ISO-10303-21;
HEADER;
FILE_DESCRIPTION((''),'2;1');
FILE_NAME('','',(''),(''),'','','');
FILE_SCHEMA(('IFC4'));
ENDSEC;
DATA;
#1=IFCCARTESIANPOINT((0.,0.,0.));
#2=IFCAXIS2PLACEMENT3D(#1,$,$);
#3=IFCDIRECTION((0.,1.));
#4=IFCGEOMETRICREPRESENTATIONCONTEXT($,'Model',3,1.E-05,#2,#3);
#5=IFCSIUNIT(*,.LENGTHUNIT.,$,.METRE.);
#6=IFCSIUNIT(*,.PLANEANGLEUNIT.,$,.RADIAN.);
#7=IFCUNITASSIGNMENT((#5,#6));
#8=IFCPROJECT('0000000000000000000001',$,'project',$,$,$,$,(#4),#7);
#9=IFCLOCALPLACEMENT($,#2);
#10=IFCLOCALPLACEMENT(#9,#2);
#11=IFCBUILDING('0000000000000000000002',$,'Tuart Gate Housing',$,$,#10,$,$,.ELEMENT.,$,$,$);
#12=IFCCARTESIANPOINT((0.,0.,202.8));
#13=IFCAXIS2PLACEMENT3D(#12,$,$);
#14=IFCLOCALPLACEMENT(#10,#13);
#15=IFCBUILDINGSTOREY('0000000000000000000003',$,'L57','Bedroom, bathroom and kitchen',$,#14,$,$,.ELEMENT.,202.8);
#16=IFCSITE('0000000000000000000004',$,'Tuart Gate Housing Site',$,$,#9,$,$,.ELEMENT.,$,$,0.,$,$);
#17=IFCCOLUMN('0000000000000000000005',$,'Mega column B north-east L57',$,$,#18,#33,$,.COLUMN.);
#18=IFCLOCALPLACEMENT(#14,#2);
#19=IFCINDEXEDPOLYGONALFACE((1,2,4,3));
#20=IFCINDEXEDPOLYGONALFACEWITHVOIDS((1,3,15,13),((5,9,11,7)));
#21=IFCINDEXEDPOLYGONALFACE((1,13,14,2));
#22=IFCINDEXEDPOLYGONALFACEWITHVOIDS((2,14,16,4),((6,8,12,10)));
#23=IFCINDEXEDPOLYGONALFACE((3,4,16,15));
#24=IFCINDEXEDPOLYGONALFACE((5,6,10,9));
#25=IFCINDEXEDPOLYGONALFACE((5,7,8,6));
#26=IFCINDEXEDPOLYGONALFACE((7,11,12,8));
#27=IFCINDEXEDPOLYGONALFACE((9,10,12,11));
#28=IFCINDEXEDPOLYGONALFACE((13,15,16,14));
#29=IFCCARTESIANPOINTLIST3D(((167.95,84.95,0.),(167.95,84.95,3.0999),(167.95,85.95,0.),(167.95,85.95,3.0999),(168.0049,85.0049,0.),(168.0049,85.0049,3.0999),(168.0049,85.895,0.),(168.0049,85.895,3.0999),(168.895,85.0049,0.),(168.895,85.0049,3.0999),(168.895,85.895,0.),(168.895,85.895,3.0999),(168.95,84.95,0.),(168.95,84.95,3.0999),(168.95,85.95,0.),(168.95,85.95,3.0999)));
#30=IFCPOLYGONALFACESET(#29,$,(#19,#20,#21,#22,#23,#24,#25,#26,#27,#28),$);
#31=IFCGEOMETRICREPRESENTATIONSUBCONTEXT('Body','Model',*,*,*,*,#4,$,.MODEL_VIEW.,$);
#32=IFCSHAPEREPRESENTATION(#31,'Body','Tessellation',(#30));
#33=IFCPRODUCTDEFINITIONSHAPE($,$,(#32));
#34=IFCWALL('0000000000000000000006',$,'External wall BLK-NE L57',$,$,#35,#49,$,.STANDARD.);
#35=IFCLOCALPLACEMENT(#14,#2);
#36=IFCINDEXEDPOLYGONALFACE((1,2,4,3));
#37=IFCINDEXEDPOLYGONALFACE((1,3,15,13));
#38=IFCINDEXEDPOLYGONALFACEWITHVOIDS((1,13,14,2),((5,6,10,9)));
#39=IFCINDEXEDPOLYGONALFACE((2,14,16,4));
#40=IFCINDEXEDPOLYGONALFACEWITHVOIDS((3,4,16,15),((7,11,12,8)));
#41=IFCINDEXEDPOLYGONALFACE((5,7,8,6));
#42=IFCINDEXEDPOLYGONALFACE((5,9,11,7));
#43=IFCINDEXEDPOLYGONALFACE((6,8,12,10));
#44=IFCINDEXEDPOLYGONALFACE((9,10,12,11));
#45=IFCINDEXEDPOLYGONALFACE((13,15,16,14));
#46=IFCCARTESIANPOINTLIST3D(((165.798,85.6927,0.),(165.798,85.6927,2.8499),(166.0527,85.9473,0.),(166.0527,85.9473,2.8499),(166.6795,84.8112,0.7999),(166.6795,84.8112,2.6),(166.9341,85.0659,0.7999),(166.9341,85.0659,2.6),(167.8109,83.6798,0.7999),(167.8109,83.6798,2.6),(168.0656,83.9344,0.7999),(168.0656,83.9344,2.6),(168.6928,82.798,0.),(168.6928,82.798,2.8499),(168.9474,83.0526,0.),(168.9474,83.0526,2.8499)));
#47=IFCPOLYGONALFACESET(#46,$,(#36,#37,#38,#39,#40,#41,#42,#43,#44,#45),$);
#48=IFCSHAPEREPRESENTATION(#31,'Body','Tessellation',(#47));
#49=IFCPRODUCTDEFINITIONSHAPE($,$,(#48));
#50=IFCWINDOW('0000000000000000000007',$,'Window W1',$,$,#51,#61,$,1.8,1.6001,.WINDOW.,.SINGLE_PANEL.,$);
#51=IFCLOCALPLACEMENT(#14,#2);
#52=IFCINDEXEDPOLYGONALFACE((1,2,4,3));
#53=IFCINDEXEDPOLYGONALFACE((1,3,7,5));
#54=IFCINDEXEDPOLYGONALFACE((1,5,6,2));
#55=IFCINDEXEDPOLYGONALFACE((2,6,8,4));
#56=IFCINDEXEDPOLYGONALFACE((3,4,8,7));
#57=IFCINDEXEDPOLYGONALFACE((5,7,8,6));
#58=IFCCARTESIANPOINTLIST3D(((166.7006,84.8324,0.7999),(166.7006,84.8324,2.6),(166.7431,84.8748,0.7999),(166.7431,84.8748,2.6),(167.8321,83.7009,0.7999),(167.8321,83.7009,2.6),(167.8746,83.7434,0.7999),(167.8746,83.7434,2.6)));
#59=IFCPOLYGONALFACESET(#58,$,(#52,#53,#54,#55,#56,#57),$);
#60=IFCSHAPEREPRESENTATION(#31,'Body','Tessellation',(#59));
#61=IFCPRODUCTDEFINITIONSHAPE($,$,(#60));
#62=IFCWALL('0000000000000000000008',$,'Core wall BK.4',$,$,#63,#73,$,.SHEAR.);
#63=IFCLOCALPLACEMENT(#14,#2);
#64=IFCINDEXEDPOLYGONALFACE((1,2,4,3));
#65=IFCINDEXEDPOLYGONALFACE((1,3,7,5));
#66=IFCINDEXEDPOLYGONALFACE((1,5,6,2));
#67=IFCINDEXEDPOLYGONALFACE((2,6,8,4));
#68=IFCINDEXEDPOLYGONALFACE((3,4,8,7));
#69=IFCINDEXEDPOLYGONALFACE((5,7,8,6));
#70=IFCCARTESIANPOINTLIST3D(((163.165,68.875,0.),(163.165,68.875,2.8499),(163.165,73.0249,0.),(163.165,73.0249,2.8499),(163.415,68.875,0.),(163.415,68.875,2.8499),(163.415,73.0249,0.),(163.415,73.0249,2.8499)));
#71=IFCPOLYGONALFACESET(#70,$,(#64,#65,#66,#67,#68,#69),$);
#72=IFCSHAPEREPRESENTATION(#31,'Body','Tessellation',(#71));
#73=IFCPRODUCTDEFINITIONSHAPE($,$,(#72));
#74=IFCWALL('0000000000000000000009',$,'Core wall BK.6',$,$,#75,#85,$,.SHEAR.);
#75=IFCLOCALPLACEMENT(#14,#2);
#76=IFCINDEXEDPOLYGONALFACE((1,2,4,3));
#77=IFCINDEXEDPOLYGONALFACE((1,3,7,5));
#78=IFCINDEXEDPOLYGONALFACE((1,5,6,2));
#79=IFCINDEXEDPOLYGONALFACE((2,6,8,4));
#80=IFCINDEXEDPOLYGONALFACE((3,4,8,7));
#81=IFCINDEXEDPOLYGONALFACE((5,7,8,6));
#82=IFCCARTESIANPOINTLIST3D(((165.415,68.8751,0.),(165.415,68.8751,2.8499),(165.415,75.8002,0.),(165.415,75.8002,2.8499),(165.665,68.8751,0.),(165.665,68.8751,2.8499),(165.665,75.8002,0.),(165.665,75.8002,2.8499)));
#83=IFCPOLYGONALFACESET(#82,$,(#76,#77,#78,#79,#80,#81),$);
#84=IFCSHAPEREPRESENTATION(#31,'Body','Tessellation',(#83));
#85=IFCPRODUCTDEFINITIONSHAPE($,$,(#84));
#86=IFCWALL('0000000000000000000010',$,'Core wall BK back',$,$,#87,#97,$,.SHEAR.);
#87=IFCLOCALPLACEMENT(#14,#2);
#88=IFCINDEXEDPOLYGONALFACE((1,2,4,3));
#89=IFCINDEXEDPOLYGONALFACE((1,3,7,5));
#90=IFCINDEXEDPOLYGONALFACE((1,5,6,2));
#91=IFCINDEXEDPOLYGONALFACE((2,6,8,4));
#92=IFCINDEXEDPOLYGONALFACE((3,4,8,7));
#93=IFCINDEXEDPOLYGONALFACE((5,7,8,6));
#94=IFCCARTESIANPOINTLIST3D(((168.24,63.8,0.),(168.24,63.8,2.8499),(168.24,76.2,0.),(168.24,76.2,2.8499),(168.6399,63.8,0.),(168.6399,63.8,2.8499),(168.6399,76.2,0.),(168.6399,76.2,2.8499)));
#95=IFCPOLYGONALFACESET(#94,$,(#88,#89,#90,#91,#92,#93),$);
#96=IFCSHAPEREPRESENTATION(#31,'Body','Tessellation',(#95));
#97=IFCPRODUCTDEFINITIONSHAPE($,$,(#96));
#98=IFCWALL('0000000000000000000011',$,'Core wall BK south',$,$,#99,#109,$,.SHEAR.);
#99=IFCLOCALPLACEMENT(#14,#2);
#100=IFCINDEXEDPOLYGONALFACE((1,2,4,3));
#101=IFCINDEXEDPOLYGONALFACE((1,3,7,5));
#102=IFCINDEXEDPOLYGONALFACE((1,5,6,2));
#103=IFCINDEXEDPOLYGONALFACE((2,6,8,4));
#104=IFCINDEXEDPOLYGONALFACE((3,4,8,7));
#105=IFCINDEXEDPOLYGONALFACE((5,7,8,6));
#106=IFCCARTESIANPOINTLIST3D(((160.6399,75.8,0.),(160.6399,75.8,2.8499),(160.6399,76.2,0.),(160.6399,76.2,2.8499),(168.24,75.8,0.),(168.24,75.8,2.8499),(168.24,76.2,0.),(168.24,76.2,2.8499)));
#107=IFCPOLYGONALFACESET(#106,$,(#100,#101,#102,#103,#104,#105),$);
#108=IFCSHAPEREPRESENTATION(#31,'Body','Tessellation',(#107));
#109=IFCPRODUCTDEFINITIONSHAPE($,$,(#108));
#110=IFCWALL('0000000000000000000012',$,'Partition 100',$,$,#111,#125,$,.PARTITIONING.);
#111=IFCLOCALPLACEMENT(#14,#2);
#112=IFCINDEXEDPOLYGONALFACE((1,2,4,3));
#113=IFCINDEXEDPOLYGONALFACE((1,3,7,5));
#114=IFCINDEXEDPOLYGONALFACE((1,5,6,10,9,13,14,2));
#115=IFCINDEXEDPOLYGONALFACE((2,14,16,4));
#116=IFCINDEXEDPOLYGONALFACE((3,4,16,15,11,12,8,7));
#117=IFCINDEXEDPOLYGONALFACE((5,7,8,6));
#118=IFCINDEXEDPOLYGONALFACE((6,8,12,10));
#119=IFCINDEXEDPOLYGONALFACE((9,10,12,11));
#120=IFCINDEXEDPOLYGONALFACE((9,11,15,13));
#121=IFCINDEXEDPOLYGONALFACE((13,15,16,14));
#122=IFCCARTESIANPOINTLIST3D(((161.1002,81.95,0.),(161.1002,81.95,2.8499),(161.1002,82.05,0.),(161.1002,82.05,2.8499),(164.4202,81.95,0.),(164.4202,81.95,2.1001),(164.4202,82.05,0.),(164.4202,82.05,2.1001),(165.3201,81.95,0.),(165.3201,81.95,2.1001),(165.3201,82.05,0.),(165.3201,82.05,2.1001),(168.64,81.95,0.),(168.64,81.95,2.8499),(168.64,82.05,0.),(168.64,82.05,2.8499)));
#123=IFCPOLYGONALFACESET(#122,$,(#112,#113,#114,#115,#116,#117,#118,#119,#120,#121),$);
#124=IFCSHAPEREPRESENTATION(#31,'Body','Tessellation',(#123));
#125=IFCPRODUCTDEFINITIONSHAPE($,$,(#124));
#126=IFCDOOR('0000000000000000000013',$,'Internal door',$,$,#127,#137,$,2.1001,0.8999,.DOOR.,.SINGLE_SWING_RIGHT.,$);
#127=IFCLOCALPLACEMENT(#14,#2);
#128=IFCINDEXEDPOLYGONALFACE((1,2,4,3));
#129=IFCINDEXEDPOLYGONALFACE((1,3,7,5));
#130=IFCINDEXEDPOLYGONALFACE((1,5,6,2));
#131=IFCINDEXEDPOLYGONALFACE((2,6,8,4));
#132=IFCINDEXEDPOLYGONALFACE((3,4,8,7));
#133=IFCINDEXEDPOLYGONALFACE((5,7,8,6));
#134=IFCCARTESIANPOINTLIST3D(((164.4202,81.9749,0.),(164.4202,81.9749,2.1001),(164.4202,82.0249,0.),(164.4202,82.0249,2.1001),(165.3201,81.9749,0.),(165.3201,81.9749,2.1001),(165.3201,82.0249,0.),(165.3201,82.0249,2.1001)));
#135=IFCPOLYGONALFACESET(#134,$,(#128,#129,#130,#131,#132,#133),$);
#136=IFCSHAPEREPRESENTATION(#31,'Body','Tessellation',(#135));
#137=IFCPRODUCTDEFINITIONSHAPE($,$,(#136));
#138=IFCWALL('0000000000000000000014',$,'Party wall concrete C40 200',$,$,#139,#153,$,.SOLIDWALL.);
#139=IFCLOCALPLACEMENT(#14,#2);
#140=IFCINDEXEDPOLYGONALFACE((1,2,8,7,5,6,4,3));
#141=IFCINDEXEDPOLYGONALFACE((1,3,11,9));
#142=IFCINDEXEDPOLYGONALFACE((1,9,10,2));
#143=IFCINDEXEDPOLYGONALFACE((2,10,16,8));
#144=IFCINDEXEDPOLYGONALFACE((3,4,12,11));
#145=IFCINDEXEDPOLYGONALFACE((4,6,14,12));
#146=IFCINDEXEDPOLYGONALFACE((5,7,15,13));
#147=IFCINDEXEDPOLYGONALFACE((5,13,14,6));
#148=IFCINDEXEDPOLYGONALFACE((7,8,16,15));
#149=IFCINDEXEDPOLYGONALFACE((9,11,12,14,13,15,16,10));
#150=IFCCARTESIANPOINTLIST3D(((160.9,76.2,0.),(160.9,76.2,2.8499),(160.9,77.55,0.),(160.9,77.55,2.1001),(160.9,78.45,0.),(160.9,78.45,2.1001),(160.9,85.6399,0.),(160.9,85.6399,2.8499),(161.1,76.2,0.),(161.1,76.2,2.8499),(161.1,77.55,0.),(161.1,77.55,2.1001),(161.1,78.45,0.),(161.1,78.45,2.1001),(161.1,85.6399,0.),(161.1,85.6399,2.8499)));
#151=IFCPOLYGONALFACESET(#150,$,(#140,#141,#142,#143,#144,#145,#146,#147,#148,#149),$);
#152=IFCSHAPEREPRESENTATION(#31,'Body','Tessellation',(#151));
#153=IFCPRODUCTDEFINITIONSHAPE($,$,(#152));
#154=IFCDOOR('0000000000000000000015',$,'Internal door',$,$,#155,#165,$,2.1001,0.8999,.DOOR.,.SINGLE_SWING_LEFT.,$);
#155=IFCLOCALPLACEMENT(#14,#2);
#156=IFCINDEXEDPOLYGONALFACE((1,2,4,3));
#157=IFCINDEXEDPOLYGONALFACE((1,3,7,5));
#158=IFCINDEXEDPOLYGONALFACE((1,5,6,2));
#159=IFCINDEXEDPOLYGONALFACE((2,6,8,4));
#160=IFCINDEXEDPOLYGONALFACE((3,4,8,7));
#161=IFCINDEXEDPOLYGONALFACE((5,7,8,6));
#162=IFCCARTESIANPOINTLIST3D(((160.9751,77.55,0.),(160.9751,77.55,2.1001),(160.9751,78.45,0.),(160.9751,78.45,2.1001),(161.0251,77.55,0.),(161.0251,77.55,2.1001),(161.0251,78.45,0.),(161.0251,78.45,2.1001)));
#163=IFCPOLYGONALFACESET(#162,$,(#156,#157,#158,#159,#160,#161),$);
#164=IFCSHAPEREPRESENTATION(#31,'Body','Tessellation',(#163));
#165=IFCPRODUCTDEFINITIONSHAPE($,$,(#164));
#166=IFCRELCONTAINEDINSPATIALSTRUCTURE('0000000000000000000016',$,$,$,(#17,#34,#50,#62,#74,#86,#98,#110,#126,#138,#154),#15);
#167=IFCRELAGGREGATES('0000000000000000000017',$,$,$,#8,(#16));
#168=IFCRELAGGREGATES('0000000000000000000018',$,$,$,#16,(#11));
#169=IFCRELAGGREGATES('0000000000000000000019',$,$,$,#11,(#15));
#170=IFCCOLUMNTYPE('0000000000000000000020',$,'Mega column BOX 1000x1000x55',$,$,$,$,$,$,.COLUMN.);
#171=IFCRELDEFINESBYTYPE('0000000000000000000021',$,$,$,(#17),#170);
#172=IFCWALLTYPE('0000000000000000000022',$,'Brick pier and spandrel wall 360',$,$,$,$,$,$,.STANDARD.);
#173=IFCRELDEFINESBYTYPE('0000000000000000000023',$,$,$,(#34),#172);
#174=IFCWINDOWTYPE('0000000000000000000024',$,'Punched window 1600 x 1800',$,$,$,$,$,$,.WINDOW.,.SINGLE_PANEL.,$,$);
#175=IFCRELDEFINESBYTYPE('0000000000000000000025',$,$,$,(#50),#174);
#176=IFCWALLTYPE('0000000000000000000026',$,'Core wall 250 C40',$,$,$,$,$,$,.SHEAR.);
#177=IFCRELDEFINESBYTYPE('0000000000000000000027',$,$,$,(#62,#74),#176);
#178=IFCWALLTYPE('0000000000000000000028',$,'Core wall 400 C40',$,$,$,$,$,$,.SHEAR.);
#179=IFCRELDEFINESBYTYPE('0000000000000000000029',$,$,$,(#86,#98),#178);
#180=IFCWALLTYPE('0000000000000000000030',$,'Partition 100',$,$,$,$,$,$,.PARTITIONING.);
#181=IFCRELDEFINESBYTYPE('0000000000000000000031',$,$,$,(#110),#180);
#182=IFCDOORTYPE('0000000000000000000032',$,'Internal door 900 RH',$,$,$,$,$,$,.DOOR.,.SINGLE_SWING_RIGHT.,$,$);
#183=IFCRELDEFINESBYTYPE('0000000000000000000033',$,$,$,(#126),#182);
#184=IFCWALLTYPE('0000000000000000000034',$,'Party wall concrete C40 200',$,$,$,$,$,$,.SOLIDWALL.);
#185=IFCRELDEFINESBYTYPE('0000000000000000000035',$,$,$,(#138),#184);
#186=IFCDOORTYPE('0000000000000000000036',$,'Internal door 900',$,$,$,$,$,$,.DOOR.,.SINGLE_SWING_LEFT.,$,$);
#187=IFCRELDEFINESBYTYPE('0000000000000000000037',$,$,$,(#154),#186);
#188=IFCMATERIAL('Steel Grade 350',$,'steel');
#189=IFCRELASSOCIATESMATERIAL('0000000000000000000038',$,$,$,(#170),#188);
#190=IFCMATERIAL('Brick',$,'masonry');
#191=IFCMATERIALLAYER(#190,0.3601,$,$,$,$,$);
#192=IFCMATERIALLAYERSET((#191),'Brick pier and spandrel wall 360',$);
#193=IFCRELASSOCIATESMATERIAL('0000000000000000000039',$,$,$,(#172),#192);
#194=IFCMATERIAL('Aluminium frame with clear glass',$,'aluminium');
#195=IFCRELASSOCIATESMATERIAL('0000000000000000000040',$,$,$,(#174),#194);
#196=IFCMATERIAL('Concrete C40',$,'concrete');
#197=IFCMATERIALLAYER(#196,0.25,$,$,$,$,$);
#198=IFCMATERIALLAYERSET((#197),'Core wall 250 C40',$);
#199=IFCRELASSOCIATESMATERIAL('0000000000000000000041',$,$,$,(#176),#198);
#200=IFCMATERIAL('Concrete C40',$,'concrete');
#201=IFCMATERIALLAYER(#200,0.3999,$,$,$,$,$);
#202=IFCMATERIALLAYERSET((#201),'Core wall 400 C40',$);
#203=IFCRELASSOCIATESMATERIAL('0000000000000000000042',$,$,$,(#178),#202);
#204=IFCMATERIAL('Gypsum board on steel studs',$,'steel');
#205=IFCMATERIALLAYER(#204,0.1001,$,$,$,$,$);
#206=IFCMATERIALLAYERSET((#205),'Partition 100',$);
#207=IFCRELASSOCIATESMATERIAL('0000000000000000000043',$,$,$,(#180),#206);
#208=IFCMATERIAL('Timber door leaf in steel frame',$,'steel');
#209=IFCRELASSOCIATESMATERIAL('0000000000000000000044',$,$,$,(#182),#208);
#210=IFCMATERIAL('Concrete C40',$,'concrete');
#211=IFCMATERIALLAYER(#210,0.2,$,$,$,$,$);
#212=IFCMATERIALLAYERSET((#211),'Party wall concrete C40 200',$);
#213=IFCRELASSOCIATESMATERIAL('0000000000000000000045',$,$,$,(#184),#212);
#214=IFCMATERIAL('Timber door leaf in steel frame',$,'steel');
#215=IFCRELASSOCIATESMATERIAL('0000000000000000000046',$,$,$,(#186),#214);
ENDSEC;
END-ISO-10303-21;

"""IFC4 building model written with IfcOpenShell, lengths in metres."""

from ifc_helpers import new_model, si_unit, direction, frame, frame_2d, origin, origin_2d, place, context, subcontext, project, spatial, rectangle, hollow_rectangle, extrude, material, layer, layer_set, material_profile, profile_set, type_object, element, fill, save


model = new_model("IFC4")

# Units and contexts
model_context = context("Model", 3, precision=1e-05, world=origin(), true_north=direction((0.0, 1.0)))
body_context = subcontext(model_context, "Body", "Model", "MODEL_VIEW")
ifc_project = project(units=[si_unit("LENGTHUNIT", "METRE"), si_unit("PLANEANGLEUNIT", "RADIAN")], contexts=[model_context])

# Site, building, storey
site_placement = place(None, origin())
site = spatial("IfcSite", under=ifc_project, at=site_placement, Name="Tuart Gate Housing Site", CompositionType="ELEMENT", RefElevation=0.0)
building_placement = place(site_placement, origin())
building = spatial("IfcBuilding", under=site, at=building_placement, Name="Tuart Gate Housing", CompositionType="ELEMENT")
storey_placement = place(building_placement, frame((0.0, 0.0, 202.8)))
storey = spatial("IfcBuildingStorey", under=building, at=storey_placement, Name="L57", Description="Bedroom, bathroom and kitchen", CompositionType="ELEMENT", Elevation=202.8)

# Column
ifc_material_1 = material(Name="Steel Grade 350", Category="steel")
ifc_material_profile = material_profile(ifc_material_1, hollow_rectangle(XDim=1.0, YDim=1.0, WallThickness=0.0549, at=origin_2d()), Name="BOX 1000x1000x55")
ifc_profile_set = profile_set([ifc_material_profile], Name="Steel Grade 350")
column_type = type_object("IfcColumnType", Name="Mega column BOX 1000x1000x55", PredefinedType="COLUMN", material=ifc_profile_set)
column_placement = place(storey_placement, frame((168.45, 85.45, 0.0), z_axis=(0.0, 0.0, 1.0), x_axis=(1.0, 0.0, 0.0)))
element("IfcColumn", 1, at=column_placement, inside=storey, type_object=column_type, Name="Mega column B north-east L57", PredefinedType="COLUMN", context=body_context, shape_type="SweptSolid", body=[
    extrude(hollow_rectangle(XDim=1.0, YDim=1.0, WallThickness=0.0549, at=origin_2d()), origin(), (0.0, 0.0, 1.0), 3.0999),
])

# Wall, opening, window
ifc_material_2 = material(Name="Brick", Category="masonry")
ifc_layer_1 = layer(ifc_material_2, 0.3601)
ifc_layer_set_1 = layer_set([ifc_layer_1], Name="Brick pier and spandrel wall 360")
wall_type_1 = type_object("IfcWallType", Name="Brick pier and spandrel wall 360", PredefinedType="STANDARD", material=ifc_layer_set_1)
wall_1_placement = place(storey_placement, frame((168.8201, 82.9253, 0.0), z_axis=(0.0, 0.0, 1.0), x_axis=(-0.707107, 0.707107, 0.0)))
wall_1 = element("IfcWall", 2, at=wall_1_placement, inside=storey, type_object=wall_type_1, Name="External wall BLK-NE L57", PredefinedType="STANDARD", context=body_context, shape_type="SweptSolid", body=[
    extrude(rectangle(XDim=4.0938, YDim=0.3601, at=frame_2d((2.0469, 0.0))), origin(), (0.0, 0.0, 1.0), 2.8499),
])
opening_1_placement = place(wall_1_placement, frame((1.2471, 0.0, 0.8)))
opening_1 = element("IfcOpeningElement", 3, at=opening_1_placement, cuts=wall_1, PredefinedType="OPENING", context=body_context, shape_type="SweptSolid", body=[
    extrude(rectangle(XDim=1.6001, YDim=1.8, at=frame_2d((0.8, 0.8999))), frame((0.0, 0.1899, 0.0), z_axis=(0.0, -1.0, 0.0), x_axis=(1.0, 0.0, 0.0)), (0.0, 0.0, 1.0), 0.3801),
])
ifc_material_3 = material(Name="Aluminium frame with clear glass", Category="aluminium")
window_type = type_object("IfcWindowType", Name="Punched window 1600 x 1800", PartitioningType="SINGLE_PANEL", PredefinedType="WINDOW", material=ifc_material_3)
window_1_placement = place(opening_1_placement, origin())
window_1 = element("IfcWindow", 4, at=window_1_placement, inside=storey, type_object=window_type, Name="Window W1", OverallHeight=1.8, OverallWidth=1.6001, PartitioningType="SINGLE_PANEL", PredefinedType="WINDOW", context=body_context, shape_type="SweptSolid", body=[
    extrude(rectangle(XDim=1.6001, YDim=1.8, at=frame_2d((0.8, 0.8999))), frame((0.0, 0.1501, 0.0), z_axis=(0.0, -1.0, 0.0), x_axis=(1.0, 0.0, 0.0)), (0.0, 0.0, 1.0), 0.0601),
])
fill(opening_1, window_1)

# Walls
ifc_material_4 = material(Name="Concrete C40", Category="concrete")
ifc_layer_2 = layer(ifc_material_4, 0.25)
ifc_layer_set_2 = layer_set([ifc_layer_2], Name="Core wall 250 C40")
wall_type_2 = type_object("IfcWallType", Name="Core wall 250 C40", PredefinedType="SHEAR", material=ifc_layer_set_2)
wall_2_placement = place(storey_placement, frame((163.29, 73.0249, 0.0), z_axis=(0.0, 0.0, 1.0), x_axis=(0.0, -1.0, 0.0)))
element("IfcWall", 5, at=wall_2_placement, inside=storey, type_object=wall_type_2, Name="Core wall BK.4", PredefinedType="SHEAR", context=body_context, shape_type="SweptSolid", body=[
    extrude(rectangle(XDim=4.1499, YDim=0.25, at=frame_2d((2.075, 0.0))), origin(), (0.0, 0.0, 1.0), 2.8499),
])
wall_3_placement = place(storey_placement, frame((165.54, 75.8, 0.0), z_axis=(0.0, 0.0, 1.0), x_axis=(0.0, -1.0, 0.0)))
element("IfcWall", 6, at=wall_3_placement, inside=storey, type_object=wall_type_2, Name="Core wall BK.6", PredefinedType="SHEAR", context=body_context, shape_type="SweptSolid", body=[
    extrude(rectangle(XDim=6.925, YDim=0.25, at=frame_2d((3.4624, 0.0))), origin(), (0.0, 0.0, 1.0), 2.8499),
])
ifc_material_5 = material(Name="Concrete C40", Category="concrete")
ifc_layer_3 = layer(ifc_material_5, 0.3999)
ifc_layer_set_3 = layer_set([ifc_layer_3], Name="Core wall 400 C40")
wall_type_3 = type_object("IfcWallType", Name="Core wall 400 C40", PredefinedType="SHEAR", material=ifc_layer_set_3)
wall_4_placement = place(storey_placement, frame((168.4399, 76.2, 0.0), z_axis=(0.0, 0.0, 1.0), x_axis=(0.0, -1.0, 0.0)))
element("IfcWall", 7, at=wall_4_placement, inside=storey, type_object=wall_type_3, Name="Core wall BK back", PredefinedType="SHEAR", context=body_context, shape_type="SweptSolid", body=[
    extrude(rectangle(XDim=12.3999, YDim=0.3999, at=frame_2d((6.2, 0.0))), origin(), (0.0, 0.0, 1.0), 2.8499),
])
wall_5_placement = place(storey_placement, frame((160.6399, 76.0, 0.0), z_axis=(0.0, 0.0, 1.0), x_axis=(1.0, 0.0, 0.0)))
element("IfcWall", 8, at=wall_5_placement, inside=storey, type_object=wall_type_3, Name="Core wall BK south", PredefinedType="SHEAR", context=body_context, shape_type="SweptSolid", body=[
    extrude(rectangle(XDim=7.6001, YDim=0.3999, at=frame_2d((3.8, 0.0))), origin(), (0.0, 0.0, 1.0), 2.8499),
])

# Walls, openings, doors
ifc_material_6 = material(Name="Gypsum board on steel studs", Category="steel")
ifc_layer_4 = layer(ifc_material_6, 0.1001)
ifc_layer_set_4 = layer_set([ifc_layer_4], Name="Partition 100")
wall_type_4 = type_object("IfcWallType", Name="Partition 100", PredefinedType="PARTITIONING", material=ifc_layer_set_4)
wall_6_placement = place(storey_placement, frame((161.1001, 82.0, 0.0), z_axis=(0.0, 0.0, 1.0), x_axis=(1.0, 0.0, 0.0)))
wall_6 = element("IfcWall", 9, at=wall_6_placement, inside=storey, type_object=wall_type_4, Name="Partition 100", PredefinedType="PARTITIONING", context=body_context, shape_type="SweptSolid", body=[
    extrude(rectangle(XDim=7.5398, YDim=0.1001, at=frame_2d((3.77, 0.0))), origin(), (0.0, 0.0, 1.0), 2.8499),
])
opening_2_placement = place(wall_6_placement, frame((3.3201, 0.0, 0.0)))
opening_2 = element("IfcOpeningElement", 10, at=opening_2_placement, cuts=wall_6, PredefinedType="OPENING", context=body_context, shape_type="SweptSolid", body=[
    extrude(rectangle(XDim=0.8999, YDim=2.1001, at=frame_2d((0.45, 1.05))), frame((0.0, 0.0601, 0.0), z_axis=(0.0, -1.0, 0.0), x_axis=(1.0, 0.0, 0.0)), (0.0, 0.0, 1.0), 0.1201),
])
ifc_material_7 = material(Name="Timber door leaf in steel frame", Category="steel")
door_type_1 = type_object("IfcDoorType", Name="Internal door 900 RH", OperationType="SINGLE_SWING_RIGHT", PredefinedType="DOOR", material=ifc_material_7)
door_1_placement = place(opening_2_placement, origin())
door_1 = element("IfcDoor", 11, at=door_1_placement, inside=storey, type_object=door_type_1, Name="Internal door", OperationType="SINGLE_SWING_RIGHT", OverallHeight=2.1001, OverallWidth=0.8999, PredefinedType="DOOR", context=body_context, shape_type="SweptSolid", body=[
    extrude(rectangle(XDim=0.8999, YDim=2.1001, at=frame_2d((0.45, 1.05))), frame((0.0, 0.0249, 0.0), z_axis=(0.0, -1.0, 0.0), x_axis=(1.0, 0.0, 0.0)), (0.0, 0.0, 1.0), 0.05),
])
fill(opening_2, door_1)
ifc_material_8 = material(Name="Concrete C40", Category="concrete")
ifc_layer_5 = layer(ifc_material_8, 0.2)
ifc_layer_set_5 = layer_set([ifc_layer_5], Name="Party wall concrete C40 200")
wall_type_5 = type_object("IfcWallType", Name="Party wall concrete C40 200", PredefinedType="SOLIDWALL", material=ifc_layer_set_5)
wall_7_placement = place(storey_placement, frame((161.0, 76.2, 0.0), z_axis=(0.0, 0.0, 1.0), x_axis=(0.0, 1.0, 0.0)))
wall_7 = element("IfcWall", 12, at=wall_7_placement, inside=storey, type_object=wall_type_5, Name="Party wall concrete C40 200", PredefinedType="SOLIDWALL", context=body_context, shape_type="SweptSolid", body=[
    extrude(rectangle(XDim=9.4399, YDim=0.2, at=frame_2d((4.72, 0.0))), origin(), (0.0, 0.0, 1.0), 2.8499),
])
opening_3_placement = place(wall_7_placement, frame((1.3501, 0.0, 0.0)))
opening_3 = element("IfcOpeningElement", 13, at=opening_3_placement, cuts=wall_7, PredefinedType="OPENING", context=body_context, shape_type="SweptSolid", body=[
    extrude(rectangle(XDim=0.8999, YDim=2.1001, at=frame_2d((0.45, 1.05))), frame((0.0, 0.1099, 0.0), z_axis=(0.0, -1.0, 0.0), x_axis=(1.0, 0.0, 0.0)), (0.0, 0.0, 1.0), 0.22),
])
ifc_material_9 = material(Name="Timber door leaf in steel frame", Category="steel")
door_type_2 = type_object("IfcDoorType", Name="Internal door 900", OperationType="SINGLE_SWING_LEFT", PredefinedType="DOOR", material=ifc_material_9)
door_2_placement = place(opening_3_placement, origin())
door_2 = element("IfcDoor", 14, at=door_2_placement, inside=storey, type_object=door_type_2, Name="Internal door", OperationType="SINGLE_SWING_LEFT", OverallHeight=2.1001, OverallWidth=0.8999, PredefinedType="DOOR", context=body_context, shape_type="SweptSolid", body=[
    extrude(rectangle(XDim=0.8999, YDim=2.1001, at=frame_2d((0.45, 1.05))), frame((0.0, 0.0249, 0.0), z_axis=(0.0, -1.0, 0.0), x_axis=(1.0, 0.0, 0.0)), (0.0, 0.0, 1.0), 0.05),
])
fill(opening_3, door_2)

save(model, "model.ifc")
